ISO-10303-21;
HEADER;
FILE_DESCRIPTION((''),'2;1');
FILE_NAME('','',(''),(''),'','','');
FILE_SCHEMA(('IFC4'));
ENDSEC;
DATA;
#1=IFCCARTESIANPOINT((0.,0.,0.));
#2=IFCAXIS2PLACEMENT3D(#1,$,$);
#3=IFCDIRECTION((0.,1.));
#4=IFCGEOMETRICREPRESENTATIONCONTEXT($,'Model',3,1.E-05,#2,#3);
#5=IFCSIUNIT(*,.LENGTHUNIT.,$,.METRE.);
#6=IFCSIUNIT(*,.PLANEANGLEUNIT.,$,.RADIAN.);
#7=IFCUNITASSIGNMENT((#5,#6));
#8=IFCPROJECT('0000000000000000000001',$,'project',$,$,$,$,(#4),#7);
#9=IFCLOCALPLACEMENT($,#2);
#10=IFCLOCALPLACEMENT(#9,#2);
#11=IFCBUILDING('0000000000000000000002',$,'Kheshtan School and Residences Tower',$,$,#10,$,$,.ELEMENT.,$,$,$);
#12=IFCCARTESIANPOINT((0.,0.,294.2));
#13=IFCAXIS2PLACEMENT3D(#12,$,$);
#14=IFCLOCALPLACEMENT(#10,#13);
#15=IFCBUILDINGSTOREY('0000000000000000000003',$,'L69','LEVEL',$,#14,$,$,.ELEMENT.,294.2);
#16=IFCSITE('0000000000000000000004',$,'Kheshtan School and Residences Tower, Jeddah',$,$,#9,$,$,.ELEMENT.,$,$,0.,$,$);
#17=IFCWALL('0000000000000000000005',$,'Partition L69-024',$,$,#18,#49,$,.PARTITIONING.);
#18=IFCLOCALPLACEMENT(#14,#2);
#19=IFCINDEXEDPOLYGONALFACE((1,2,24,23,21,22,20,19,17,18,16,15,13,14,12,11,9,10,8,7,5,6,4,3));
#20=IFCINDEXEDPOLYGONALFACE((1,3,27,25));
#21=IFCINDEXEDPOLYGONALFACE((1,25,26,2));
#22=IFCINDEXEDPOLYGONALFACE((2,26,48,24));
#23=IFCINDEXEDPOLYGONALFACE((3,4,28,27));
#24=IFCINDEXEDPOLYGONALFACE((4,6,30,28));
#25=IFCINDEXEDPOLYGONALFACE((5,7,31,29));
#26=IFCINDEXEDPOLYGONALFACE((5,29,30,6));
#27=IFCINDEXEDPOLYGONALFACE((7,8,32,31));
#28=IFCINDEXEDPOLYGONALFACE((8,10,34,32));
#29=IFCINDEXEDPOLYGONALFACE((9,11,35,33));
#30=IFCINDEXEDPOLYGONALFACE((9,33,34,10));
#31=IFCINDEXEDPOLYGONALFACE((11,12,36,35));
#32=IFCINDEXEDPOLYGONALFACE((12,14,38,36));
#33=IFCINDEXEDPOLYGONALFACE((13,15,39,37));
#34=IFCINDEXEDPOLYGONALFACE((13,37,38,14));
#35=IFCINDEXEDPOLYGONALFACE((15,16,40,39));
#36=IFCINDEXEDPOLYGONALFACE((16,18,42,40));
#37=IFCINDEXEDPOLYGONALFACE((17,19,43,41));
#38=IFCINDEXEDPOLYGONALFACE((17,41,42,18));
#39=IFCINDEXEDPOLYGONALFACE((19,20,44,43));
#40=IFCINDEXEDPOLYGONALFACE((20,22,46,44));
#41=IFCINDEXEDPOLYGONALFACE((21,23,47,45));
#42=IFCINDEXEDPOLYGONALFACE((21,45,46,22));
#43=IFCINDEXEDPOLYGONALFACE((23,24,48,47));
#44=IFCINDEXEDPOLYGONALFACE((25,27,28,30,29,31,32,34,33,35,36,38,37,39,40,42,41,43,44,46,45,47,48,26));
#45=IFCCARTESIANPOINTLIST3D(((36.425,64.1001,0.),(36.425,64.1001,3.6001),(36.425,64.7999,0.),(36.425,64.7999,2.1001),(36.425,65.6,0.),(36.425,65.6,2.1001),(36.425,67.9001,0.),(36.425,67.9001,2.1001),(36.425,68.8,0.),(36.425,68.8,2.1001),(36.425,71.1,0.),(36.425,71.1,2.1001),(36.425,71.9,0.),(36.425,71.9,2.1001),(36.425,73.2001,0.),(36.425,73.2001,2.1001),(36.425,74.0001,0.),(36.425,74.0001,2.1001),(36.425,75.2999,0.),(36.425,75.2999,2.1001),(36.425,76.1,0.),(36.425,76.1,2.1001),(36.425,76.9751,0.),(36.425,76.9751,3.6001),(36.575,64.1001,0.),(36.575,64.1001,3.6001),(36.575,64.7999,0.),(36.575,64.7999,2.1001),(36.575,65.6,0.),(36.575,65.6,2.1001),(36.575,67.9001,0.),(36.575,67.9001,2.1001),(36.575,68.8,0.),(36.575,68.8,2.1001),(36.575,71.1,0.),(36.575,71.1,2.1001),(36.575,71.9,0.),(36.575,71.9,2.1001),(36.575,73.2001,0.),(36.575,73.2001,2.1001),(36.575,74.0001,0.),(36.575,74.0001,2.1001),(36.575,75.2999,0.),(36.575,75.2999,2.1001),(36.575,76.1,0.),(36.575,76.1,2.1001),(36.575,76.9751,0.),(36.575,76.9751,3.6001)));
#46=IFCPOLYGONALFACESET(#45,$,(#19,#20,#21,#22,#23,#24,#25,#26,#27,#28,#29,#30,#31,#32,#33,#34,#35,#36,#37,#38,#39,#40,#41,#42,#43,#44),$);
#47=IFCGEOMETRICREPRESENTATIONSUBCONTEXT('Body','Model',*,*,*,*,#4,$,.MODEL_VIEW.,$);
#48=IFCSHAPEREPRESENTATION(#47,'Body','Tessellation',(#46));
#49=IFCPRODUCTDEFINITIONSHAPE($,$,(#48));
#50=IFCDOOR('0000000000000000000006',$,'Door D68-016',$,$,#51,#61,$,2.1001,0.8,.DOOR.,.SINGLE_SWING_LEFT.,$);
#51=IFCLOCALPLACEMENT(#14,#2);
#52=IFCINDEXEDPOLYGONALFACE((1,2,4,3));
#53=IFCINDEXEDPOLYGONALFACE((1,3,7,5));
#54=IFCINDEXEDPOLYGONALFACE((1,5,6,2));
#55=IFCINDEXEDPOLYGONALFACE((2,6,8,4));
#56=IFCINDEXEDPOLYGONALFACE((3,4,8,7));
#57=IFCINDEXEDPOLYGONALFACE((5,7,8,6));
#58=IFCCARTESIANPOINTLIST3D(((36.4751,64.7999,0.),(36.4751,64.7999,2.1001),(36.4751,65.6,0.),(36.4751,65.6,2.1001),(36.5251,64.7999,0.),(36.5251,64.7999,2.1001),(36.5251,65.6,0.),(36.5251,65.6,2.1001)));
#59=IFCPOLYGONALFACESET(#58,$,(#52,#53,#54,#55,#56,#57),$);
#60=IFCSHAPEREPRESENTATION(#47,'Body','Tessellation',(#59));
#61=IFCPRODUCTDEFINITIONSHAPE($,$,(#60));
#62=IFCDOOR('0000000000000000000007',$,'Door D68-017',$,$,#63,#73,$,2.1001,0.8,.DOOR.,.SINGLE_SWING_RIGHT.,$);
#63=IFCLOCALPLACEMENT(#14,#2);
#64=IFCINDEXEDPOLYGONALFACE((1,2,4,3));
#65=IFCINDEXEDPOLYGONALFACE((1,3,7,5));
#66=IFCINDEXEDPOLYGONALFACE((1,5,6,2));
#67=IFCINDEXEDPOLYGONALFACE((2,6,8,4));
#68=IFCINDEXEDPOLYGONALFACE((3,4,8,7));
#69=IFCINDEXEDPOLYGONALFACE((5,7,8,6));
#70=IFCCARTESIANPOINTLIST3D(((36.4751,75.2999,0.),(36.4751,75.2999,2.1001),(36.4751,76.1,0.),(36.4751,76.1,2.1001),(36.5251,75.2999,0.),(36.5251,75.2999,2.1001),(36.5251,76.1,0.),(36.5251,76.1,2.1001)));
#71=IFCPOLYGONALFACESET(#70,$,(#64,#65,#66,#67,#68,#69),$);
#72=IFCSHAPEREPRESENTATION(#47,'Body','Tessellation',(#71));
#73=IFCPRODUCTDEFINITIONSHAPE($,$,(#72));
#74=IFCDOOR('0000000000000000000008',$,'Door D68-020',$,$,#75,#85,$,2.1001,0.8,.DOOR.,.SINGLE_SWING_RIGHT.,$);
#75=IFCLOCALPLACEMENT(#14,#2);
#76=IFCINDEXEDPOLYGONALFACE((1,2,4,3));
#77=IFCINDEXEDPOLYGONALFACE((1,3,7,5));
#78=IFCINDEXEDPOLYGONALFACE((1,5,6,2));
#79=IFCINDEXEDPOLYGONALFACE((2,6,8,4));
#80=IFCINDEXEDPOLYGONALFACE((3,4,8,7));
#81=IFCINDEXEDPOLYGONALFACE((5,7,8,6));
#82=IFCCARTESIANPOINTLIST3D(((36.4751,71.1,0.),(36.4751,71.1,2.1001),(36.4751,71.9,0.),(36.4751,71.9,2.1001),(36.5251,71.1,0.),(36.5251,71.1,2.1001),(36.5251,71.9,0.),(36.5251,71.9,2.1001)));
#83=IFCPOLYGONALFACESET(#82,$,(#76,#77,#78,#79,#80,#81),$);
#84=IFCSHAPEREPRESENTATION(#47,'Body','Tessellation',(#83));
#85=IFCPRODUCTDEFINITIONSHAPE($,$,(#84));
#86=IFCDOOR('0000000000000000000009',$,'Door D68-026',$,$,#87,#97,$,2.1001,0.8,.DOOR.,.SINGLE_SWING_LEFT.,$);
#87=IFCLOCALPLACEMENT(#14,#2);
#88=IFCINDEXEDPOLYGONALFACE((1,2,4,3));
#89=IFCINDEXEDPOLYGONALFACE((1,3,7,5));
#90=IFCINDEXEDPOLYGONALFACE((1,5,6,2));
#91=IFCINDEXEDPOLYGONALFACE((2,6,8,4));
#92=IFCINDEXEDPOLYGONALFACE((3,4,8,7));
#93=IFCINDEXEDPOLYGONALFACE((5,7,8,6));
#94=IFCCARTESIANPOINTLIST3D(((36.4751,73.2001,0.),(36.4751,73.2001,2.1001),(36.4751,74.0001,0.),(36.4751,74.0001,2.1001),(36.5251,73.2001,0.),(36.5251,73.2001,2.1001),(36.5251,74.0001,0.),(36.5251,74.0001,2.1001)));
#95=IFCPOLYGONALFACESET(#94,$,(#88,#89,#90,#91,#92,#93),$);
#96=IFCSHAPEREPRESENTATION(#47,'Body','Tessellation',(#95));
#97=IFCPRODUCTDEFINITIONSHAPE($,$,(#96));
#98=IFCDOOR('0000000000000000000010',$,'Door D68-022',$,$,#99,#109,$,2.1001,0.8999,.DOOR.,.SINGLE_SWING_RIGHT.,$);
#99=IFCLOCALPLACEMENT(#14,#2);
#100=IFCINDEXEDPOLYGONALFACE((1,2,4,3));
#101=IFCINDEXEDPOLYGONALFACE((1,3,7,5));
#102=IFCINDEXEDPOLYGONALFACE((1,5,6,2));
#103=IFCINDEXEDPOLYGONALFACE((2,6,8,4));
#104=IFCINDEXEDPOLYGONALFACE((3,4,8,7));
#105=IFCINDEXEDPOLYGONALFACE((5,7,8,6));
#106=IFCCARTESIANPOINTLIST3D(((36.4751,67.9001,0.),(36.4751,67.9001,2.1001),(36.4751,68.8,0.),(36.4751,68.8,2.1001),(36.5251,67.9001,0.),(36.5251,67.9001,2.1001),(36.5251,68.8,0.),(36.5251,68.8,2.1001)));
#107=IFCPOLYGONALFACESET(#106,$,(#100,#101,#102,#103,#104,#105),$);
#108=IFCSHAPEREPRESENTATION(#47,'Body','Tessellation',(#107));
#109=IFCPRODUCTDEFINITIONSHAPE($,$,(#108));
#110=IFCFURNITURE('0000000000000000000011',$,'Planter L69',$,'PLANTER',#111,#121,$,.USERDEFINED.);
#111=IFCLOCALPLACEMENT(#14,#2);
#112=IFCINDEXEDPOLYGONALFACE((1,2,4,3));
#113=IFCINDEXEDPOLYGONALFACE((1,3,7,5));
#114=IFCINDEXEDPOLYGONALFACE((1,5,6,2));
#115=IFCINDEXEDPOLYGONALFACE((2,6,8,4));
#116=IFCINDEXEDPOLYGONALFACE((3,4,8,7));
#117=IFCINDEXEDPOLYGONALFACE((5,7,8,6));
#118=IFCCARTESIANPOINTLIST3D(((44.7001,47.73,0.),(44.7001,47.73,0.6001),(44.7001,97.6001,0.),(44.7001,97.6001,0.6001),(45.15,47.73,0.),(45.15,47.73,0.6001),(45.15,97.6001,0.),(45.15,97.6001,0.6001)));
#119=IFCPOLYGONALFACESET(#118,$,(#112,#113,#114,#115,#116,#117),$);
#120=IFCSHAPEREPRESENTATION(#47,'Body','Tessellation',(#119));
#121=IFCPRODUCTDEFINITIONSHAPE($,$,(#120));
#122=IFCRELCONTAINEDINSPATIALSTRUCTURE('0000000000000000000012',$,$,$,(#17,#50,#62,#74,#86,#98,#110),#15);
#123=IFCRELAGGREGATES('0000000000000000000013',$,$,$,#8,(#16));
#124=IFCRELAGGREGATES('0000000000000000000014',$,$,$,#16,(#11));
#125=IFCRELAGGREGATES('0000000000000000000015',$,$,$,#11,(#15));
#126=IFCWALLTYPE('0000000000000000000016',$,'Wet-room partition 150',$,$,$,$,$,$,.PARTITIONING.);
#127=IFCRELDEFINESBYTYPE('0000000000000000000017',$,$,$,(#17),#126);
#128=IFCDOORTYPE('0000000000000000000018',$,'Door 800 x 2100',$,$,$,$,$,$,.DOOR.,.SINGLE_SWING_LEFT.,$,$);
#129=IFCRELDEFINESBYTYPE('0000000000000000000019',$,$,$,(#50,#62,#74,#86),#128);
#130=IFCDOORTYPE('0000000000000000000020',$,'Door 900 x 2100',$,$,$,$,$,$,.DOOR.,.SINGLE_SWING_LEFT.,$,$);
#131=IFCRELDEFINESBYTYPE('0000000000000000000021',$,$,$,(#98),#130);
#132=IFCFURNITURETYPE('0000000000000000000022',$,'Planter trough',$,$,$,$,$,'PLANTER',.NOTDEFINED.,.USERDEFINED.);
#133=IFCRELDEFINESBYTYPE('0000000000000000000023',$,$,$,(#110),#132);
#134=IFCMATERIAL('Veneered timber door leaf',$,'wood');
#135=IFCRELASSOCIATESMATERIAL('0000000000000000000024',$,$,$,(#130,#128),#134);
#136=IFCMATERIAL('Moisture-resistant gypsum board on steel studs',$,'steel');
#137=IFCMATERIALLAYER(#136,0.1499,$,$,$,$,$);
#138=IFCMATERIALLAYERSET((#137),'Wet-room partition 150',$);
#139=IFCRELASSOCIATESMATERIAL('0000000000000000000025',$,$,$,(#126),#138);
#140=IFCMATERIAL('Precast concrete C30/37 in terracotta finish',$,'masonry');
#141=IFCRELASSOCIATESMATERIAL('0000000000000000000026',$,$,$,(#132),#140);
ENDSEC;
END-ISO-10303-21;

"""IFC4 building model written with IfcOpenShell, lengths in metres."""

from ifc_helpers import new_model, si_unit, direction, frame, frame_2d, origin, origin_2d, place, context, subcontext, project, spatial, rectangle, extrude, source, transform, mapped, material, layer, layer_set, type_object, element, fill, save


model = new_model("IFC4")

# Units and contexts
model_context = context("Model", 3, precision=1e-05, world=origin(), true_north=direction((0.0, 1.0)))
body_context = subcontext(model_context, "Body", "Model", "MODEL_VIEW")
ifc_project = project(units=[si_unit("LENGTHUNIT", "METRE"), si_unit("PLANEANGLEUNIT", "RADIAN")], contexts=[model_context])

# Site, building, storey
site_placement = place(None, origin())
site = spatial("IfcSite", under=ifc_project, at=site_placement, Name="Kheshtan School and Residences Tower, Jeddah", CompositionType="ELEMENT", RefElevation=0.0)
building_placement = place(site_placement, origin())
building = spatial("IfcBuilding", under=site, at=building_placement, Name="Kheshtan School and Residences Tower", CompositionType="ELEMENT")
storey_placement = place(building_placement, frame((0.0, 0.0, 294.2)))
storey = spatial("IfcBuildingStorey", under=building, at=storey_placement, Name="L69", Description="LEVEL", CompositionType="ELEMENT", Elevation=294.2)

# Shared definitions
ifc_material_1 = material(Name="Veneered timber door leaf", Category="wood")
door_type_1 = type_object("IfcDoorType", Name="Door 900 x 2100", OperationType="SINGLE_SWING_LEFT", PredefinedType="DOOR", material=ifc_material_1)
shared_shape_1 = source(origin(), body_context, "Body", "SweptSolid", [
    extrude(rectangle(XDim=0.8999, YDim=2.1001, at=frame_2d((0.45, 1.05))), frame((0.0, 0.0249, 0.0), z_axis=(0.0, -1.0, 0.0), x_axis=(1.0, 0.0, 0.0)), (0.0, 0.0, 1.0), 0.05),
])

# Shared definitions
ifc_material_2 = material(Name="Moisture-resistant gypsum board on steel studs", Category="steel")
ifc_layer_1 = layer(ifc_material_2, 0.1499)
ifc_layer_set_1 = layer_set([ifc_layer_1], Name="Wet-room partition 150")
wall_type_1 = type_object("IfcWallType", Name="Wet-room partition 150", PredefinedType="PARTITIONING", material=ifc_layer_set_1)

# Wall, openings, doors
wall_1_placement = place(storey_placement, frame((36.5, 64.1001, 0.0), z_axis=(0.0, 0.0, 1.0), x_axis=(0.0, 1.0, 0.0)))
wall_1 = element("IfcWall", 1, at=wall_1_placement, inside=storey, type_object=wall_type_1, Name="Partition L69-024", PredefinedType="PARTITIONING", context=body_context, shape_type="SweptSolid", body=[
    extrude(rectangle(XDim=12.875, YDim=0.1499, at=frame_2d((6.4375, 0.0))), origin(), (0.0, 0.0, 1.0), 3.6001),
])
opening_1_placement = place(wall_1_placement, frame((0.7, 0.0, 0.0)))
opening_1 = element("IfcOpeningElement", 2, at=opening_1_placement, cuts=wall_1, PredefinedType="OPENING", context=body_context, shape_type="SweptSolid", body=[
    extrude(rectangle(XDim=0.8, YDim=2.1001, at=frame_2d((0.3999, 1.05))), frame((0.0, 0.085, 0.0), z_axis=(0.0, -1.0, 0.0), x_axis=(1.0, 0.0, 0.0)), (0.0, 0.0, 1.0), 0.1699),
])
opening_2_placement = place(wall_1_placement, frame((11.2, 0.0, 0.0)))
opening_2 = element("IfcOpeningElement", 3, at=opening_2_placement, cuts=wall_1, PredefinedType="OPENING", context=body_context, shape_type="SweptSolid", body=[
    extrude(rectangle(XDim=0.8, YDim=2.1001, at=frame_2d((0.3999, 1.05))), frame((0.0, 0.085, 0.0), z_axis=(0.0, -1.0, 0.0), x_axis=(1.0, 0.0, 0.0)), (0.0, 0.0, 1.0), 0.1699),
])
opening_3_placement = place(wall_1_placement, frame((7.0, 0.0, 0.0)))
opening_3 = element("IfcOpeningElement", 4, at=opening_3_placement, cuts=wall_1, PredefinedType="OPENING", context=body_context, shape_type="SweptSolid", body=[
    extrude(rectangle(XDim=0.8, YDim=2.1001, at=frame_2d((0.3999, 1.05))), frame((0.0, 0.085, 0.0), z_axis=(0.0, -1.0, 0.0), x_axis=(1.0, 0.0, 0.0)), (0.0, 0.0, 1.0), 0.1699),
])
opening_4_placement = place(wall_1_placement, frame((3.8, 0.0, 0.0)))
opening_4 = element("IfcOpeningElement", 5, at=opening_4_placement, cuts=wall_1, PredefinedType="OPENING", context=body_context, shape_type="SweptSolid", body=[
    extrude(rectangle(XDim=0.8999, YDim=2.1001, at=frame_2d((0.45, 1.05))), frame((0.0, 0.085, 0.0), z_axis=(0.0, -1.0, 0.0), x_axis=(1.0, 0.0, 0.0)), (0.0, 0.0, 1.0), 0.1699),
])
opening_5_placement = place(wall_1_placement, frame((9.1001, 0.0, 0.0)))
opening_5 = element("IfcOpeningElement", 6, at=opening_5_placement, cuts=wall_1, PredefinedType="OPENING", context=body_context, shape_type="SweptSolid", body=[
    extrude(rectangle(XDim=0.8, YDim=2.1001, at=frame_2d((0.3999, 1.05))), frame((0.0, 0.085, 0.0), z_axis=(0.0, -1.0, 0.0), x_axis=(1.0, 0.0, 0.0)), (0.0, 0.0, 1.0), 0.1699),
])
door_type_2 = type_object("IfcDoorType", Name="Door 800 x 2100", OperationType="SINGLE_SWING_LEFT", PredefinedType="DOOR", material=ifc_material_1)
shared_shape_2 = source(origin(), body_context, "Body", "SweptSolid", [
    extrude(rectangle(XDim=0.8, YDim=2.1001, at=frame_2d((0.3999, 1.05))), frame((0.0, 0.0249, 0.0), z_axis=(0.0, -1.0, 0.0), x_axis=(1.0, 0.0, 0.0)), (0.0, 0.0, 1.0), 0.05),
])
door_1_placement = place(opening_1_placement, origin())
door_1 = element("IfcDoor", 7, at=door_1_placement, inside=storey, type_object=door_type_2, Name="Door D68-016", OperationType="SINGLE_SWING_LEFT", OverallHeight=2.1001, OverallWidth=0.8, PredefinedType="DOOR", context=body_context, shape_type="MappedRepresentation", body=[
    mapped(shared_shape_2, transform((0.0, 0.0, 0.0), x_axis=(1.0, 0.0, 0.0), y_axis=(0.0, 1.0, 0.0), z_axis=(0.0, 0.0, 1.0), scale=1.0)),
])
fill(opening_1, door_1)
door_2_placement = place(opening_2_placement, origin())
door_2 = element("IfcDoor", 8, at=door_2_placement, inside=storey, type_object=door_type_2, Name="Door D68-017", OperationType="SINGLE_SWING_RIGHT", OverallHeight=2.1001, OverallWidth=0.8, PredefinedType="DOOR", context=body_context, shape_type="MappedRepresentation", body=[
    mapped(shared_shape_2, transform((0.0, 0.0, 0.0), x_axis=(1.0, 0.0, 0.0), y_axis=(0.0, 1.0, 0.0), z_axis=(0.0, 0.0, 1.0), scale=1.0)),
])
fill(opening_2, door_2)
door_3_placement = place(opening_3_placement, origin())
door_3 = element("IfcDoor", 9, at=door_3_placement, inside=storey, type_object=door_type_2, Name="Door D68-020", OperationType="SINGLE_SWING_RIGHT", OverallHeight=2.1001, OverallWidth=0.8, PredefinedType="DOOR", context=body_context, shape_type="MappedRepresentation", body=[
    mapped(shared_shape_2, transform((0.0, 0.0, 0.0), x_axis=(1.0, 0.0, 0.0), y_axis=(0.0, 1.0, 0.0), z_axis=(0.0, 0.0, 1.0), scale=1.0)),
])
fill(opening_3, door_3)
door_4_placement = place(opening_5_placement, origin())
door_4 = element("IfcDoor", 10, at=door_4_placement, inside=storey, type_object=door_type_2, Name="Door D68-026", OperationType="SINGLE_SWING_LEFT", OverallHeight=2.1001, OverallWidth=0.8, PredefinedType="DOOR", context=body_context, shape_type="MappedRepresentation", body=[
    mapped(shared_shape_2, transform((0.0, 0.0, 0.0), x_axis=(1.0, 0.0, 0.0), y_axis=(0.0, 1.0, 0.0), z_axis=(0.0, 0.0, 1.0), scale=1.0)),
])
fill(opening_5, door_4)
door_5_placement = place(opening_4_placement, origin())
door_5 = element("IfcDoor", 11, at=door_5_placement, inside=storey, type_object=door_type_1, Name="Door D68-022", OperationType="SINGLE_SWING_RIGHT", OverallHeight=2.1001, OverallWidth=0.8999, PredefinedType="DOOR", context=body_context, shape_type="MappedRepresentation", body=[
    mapped(shared_shape_1, transform((0.0, 0.0, 0.0), x_axis=(1.0, 0.0, 0.0), y_axis=(0.0, 1.0, 0.0), z_axis=(0.0, 0.0, 1.0), scale=1.0)),
])
fill(opening_4, door_5)

# Furniture
ifc_material_3 = material(Name="Precast concrete C30/37 in terracotta finish", Category="masonry")
furniture_type = type_object("IfcFurnitureType", Name="Planter trough", ElementType="PLANTER", AssemblyPlace="NOTDEFINED", PredefinedType="USERDEFINED", material=ifc_material_3)
furniture_placement = place(storey_placement, frame((44.925, 72.665, 0.0), z_axis=(0.0, 0.0, 1.0), x_axis=(0.0, -1.0, 0.0)))
element("IfcFurniture", 12, at=furniture_placement, inside=storey, type_object=furniture_type, Name="Planter L69", ObjectType="PLANTER", PredefinedType="USERDEFINED", context=body_context, shape_type="SweptSolid", body=[
    extrude(rectangle(XDim=49.8701, YDim=0.45, at=origin_2d()), origin(), (0.0, 0.0, 1.0), 0.6001),
])

save(model, "model.ifc")
